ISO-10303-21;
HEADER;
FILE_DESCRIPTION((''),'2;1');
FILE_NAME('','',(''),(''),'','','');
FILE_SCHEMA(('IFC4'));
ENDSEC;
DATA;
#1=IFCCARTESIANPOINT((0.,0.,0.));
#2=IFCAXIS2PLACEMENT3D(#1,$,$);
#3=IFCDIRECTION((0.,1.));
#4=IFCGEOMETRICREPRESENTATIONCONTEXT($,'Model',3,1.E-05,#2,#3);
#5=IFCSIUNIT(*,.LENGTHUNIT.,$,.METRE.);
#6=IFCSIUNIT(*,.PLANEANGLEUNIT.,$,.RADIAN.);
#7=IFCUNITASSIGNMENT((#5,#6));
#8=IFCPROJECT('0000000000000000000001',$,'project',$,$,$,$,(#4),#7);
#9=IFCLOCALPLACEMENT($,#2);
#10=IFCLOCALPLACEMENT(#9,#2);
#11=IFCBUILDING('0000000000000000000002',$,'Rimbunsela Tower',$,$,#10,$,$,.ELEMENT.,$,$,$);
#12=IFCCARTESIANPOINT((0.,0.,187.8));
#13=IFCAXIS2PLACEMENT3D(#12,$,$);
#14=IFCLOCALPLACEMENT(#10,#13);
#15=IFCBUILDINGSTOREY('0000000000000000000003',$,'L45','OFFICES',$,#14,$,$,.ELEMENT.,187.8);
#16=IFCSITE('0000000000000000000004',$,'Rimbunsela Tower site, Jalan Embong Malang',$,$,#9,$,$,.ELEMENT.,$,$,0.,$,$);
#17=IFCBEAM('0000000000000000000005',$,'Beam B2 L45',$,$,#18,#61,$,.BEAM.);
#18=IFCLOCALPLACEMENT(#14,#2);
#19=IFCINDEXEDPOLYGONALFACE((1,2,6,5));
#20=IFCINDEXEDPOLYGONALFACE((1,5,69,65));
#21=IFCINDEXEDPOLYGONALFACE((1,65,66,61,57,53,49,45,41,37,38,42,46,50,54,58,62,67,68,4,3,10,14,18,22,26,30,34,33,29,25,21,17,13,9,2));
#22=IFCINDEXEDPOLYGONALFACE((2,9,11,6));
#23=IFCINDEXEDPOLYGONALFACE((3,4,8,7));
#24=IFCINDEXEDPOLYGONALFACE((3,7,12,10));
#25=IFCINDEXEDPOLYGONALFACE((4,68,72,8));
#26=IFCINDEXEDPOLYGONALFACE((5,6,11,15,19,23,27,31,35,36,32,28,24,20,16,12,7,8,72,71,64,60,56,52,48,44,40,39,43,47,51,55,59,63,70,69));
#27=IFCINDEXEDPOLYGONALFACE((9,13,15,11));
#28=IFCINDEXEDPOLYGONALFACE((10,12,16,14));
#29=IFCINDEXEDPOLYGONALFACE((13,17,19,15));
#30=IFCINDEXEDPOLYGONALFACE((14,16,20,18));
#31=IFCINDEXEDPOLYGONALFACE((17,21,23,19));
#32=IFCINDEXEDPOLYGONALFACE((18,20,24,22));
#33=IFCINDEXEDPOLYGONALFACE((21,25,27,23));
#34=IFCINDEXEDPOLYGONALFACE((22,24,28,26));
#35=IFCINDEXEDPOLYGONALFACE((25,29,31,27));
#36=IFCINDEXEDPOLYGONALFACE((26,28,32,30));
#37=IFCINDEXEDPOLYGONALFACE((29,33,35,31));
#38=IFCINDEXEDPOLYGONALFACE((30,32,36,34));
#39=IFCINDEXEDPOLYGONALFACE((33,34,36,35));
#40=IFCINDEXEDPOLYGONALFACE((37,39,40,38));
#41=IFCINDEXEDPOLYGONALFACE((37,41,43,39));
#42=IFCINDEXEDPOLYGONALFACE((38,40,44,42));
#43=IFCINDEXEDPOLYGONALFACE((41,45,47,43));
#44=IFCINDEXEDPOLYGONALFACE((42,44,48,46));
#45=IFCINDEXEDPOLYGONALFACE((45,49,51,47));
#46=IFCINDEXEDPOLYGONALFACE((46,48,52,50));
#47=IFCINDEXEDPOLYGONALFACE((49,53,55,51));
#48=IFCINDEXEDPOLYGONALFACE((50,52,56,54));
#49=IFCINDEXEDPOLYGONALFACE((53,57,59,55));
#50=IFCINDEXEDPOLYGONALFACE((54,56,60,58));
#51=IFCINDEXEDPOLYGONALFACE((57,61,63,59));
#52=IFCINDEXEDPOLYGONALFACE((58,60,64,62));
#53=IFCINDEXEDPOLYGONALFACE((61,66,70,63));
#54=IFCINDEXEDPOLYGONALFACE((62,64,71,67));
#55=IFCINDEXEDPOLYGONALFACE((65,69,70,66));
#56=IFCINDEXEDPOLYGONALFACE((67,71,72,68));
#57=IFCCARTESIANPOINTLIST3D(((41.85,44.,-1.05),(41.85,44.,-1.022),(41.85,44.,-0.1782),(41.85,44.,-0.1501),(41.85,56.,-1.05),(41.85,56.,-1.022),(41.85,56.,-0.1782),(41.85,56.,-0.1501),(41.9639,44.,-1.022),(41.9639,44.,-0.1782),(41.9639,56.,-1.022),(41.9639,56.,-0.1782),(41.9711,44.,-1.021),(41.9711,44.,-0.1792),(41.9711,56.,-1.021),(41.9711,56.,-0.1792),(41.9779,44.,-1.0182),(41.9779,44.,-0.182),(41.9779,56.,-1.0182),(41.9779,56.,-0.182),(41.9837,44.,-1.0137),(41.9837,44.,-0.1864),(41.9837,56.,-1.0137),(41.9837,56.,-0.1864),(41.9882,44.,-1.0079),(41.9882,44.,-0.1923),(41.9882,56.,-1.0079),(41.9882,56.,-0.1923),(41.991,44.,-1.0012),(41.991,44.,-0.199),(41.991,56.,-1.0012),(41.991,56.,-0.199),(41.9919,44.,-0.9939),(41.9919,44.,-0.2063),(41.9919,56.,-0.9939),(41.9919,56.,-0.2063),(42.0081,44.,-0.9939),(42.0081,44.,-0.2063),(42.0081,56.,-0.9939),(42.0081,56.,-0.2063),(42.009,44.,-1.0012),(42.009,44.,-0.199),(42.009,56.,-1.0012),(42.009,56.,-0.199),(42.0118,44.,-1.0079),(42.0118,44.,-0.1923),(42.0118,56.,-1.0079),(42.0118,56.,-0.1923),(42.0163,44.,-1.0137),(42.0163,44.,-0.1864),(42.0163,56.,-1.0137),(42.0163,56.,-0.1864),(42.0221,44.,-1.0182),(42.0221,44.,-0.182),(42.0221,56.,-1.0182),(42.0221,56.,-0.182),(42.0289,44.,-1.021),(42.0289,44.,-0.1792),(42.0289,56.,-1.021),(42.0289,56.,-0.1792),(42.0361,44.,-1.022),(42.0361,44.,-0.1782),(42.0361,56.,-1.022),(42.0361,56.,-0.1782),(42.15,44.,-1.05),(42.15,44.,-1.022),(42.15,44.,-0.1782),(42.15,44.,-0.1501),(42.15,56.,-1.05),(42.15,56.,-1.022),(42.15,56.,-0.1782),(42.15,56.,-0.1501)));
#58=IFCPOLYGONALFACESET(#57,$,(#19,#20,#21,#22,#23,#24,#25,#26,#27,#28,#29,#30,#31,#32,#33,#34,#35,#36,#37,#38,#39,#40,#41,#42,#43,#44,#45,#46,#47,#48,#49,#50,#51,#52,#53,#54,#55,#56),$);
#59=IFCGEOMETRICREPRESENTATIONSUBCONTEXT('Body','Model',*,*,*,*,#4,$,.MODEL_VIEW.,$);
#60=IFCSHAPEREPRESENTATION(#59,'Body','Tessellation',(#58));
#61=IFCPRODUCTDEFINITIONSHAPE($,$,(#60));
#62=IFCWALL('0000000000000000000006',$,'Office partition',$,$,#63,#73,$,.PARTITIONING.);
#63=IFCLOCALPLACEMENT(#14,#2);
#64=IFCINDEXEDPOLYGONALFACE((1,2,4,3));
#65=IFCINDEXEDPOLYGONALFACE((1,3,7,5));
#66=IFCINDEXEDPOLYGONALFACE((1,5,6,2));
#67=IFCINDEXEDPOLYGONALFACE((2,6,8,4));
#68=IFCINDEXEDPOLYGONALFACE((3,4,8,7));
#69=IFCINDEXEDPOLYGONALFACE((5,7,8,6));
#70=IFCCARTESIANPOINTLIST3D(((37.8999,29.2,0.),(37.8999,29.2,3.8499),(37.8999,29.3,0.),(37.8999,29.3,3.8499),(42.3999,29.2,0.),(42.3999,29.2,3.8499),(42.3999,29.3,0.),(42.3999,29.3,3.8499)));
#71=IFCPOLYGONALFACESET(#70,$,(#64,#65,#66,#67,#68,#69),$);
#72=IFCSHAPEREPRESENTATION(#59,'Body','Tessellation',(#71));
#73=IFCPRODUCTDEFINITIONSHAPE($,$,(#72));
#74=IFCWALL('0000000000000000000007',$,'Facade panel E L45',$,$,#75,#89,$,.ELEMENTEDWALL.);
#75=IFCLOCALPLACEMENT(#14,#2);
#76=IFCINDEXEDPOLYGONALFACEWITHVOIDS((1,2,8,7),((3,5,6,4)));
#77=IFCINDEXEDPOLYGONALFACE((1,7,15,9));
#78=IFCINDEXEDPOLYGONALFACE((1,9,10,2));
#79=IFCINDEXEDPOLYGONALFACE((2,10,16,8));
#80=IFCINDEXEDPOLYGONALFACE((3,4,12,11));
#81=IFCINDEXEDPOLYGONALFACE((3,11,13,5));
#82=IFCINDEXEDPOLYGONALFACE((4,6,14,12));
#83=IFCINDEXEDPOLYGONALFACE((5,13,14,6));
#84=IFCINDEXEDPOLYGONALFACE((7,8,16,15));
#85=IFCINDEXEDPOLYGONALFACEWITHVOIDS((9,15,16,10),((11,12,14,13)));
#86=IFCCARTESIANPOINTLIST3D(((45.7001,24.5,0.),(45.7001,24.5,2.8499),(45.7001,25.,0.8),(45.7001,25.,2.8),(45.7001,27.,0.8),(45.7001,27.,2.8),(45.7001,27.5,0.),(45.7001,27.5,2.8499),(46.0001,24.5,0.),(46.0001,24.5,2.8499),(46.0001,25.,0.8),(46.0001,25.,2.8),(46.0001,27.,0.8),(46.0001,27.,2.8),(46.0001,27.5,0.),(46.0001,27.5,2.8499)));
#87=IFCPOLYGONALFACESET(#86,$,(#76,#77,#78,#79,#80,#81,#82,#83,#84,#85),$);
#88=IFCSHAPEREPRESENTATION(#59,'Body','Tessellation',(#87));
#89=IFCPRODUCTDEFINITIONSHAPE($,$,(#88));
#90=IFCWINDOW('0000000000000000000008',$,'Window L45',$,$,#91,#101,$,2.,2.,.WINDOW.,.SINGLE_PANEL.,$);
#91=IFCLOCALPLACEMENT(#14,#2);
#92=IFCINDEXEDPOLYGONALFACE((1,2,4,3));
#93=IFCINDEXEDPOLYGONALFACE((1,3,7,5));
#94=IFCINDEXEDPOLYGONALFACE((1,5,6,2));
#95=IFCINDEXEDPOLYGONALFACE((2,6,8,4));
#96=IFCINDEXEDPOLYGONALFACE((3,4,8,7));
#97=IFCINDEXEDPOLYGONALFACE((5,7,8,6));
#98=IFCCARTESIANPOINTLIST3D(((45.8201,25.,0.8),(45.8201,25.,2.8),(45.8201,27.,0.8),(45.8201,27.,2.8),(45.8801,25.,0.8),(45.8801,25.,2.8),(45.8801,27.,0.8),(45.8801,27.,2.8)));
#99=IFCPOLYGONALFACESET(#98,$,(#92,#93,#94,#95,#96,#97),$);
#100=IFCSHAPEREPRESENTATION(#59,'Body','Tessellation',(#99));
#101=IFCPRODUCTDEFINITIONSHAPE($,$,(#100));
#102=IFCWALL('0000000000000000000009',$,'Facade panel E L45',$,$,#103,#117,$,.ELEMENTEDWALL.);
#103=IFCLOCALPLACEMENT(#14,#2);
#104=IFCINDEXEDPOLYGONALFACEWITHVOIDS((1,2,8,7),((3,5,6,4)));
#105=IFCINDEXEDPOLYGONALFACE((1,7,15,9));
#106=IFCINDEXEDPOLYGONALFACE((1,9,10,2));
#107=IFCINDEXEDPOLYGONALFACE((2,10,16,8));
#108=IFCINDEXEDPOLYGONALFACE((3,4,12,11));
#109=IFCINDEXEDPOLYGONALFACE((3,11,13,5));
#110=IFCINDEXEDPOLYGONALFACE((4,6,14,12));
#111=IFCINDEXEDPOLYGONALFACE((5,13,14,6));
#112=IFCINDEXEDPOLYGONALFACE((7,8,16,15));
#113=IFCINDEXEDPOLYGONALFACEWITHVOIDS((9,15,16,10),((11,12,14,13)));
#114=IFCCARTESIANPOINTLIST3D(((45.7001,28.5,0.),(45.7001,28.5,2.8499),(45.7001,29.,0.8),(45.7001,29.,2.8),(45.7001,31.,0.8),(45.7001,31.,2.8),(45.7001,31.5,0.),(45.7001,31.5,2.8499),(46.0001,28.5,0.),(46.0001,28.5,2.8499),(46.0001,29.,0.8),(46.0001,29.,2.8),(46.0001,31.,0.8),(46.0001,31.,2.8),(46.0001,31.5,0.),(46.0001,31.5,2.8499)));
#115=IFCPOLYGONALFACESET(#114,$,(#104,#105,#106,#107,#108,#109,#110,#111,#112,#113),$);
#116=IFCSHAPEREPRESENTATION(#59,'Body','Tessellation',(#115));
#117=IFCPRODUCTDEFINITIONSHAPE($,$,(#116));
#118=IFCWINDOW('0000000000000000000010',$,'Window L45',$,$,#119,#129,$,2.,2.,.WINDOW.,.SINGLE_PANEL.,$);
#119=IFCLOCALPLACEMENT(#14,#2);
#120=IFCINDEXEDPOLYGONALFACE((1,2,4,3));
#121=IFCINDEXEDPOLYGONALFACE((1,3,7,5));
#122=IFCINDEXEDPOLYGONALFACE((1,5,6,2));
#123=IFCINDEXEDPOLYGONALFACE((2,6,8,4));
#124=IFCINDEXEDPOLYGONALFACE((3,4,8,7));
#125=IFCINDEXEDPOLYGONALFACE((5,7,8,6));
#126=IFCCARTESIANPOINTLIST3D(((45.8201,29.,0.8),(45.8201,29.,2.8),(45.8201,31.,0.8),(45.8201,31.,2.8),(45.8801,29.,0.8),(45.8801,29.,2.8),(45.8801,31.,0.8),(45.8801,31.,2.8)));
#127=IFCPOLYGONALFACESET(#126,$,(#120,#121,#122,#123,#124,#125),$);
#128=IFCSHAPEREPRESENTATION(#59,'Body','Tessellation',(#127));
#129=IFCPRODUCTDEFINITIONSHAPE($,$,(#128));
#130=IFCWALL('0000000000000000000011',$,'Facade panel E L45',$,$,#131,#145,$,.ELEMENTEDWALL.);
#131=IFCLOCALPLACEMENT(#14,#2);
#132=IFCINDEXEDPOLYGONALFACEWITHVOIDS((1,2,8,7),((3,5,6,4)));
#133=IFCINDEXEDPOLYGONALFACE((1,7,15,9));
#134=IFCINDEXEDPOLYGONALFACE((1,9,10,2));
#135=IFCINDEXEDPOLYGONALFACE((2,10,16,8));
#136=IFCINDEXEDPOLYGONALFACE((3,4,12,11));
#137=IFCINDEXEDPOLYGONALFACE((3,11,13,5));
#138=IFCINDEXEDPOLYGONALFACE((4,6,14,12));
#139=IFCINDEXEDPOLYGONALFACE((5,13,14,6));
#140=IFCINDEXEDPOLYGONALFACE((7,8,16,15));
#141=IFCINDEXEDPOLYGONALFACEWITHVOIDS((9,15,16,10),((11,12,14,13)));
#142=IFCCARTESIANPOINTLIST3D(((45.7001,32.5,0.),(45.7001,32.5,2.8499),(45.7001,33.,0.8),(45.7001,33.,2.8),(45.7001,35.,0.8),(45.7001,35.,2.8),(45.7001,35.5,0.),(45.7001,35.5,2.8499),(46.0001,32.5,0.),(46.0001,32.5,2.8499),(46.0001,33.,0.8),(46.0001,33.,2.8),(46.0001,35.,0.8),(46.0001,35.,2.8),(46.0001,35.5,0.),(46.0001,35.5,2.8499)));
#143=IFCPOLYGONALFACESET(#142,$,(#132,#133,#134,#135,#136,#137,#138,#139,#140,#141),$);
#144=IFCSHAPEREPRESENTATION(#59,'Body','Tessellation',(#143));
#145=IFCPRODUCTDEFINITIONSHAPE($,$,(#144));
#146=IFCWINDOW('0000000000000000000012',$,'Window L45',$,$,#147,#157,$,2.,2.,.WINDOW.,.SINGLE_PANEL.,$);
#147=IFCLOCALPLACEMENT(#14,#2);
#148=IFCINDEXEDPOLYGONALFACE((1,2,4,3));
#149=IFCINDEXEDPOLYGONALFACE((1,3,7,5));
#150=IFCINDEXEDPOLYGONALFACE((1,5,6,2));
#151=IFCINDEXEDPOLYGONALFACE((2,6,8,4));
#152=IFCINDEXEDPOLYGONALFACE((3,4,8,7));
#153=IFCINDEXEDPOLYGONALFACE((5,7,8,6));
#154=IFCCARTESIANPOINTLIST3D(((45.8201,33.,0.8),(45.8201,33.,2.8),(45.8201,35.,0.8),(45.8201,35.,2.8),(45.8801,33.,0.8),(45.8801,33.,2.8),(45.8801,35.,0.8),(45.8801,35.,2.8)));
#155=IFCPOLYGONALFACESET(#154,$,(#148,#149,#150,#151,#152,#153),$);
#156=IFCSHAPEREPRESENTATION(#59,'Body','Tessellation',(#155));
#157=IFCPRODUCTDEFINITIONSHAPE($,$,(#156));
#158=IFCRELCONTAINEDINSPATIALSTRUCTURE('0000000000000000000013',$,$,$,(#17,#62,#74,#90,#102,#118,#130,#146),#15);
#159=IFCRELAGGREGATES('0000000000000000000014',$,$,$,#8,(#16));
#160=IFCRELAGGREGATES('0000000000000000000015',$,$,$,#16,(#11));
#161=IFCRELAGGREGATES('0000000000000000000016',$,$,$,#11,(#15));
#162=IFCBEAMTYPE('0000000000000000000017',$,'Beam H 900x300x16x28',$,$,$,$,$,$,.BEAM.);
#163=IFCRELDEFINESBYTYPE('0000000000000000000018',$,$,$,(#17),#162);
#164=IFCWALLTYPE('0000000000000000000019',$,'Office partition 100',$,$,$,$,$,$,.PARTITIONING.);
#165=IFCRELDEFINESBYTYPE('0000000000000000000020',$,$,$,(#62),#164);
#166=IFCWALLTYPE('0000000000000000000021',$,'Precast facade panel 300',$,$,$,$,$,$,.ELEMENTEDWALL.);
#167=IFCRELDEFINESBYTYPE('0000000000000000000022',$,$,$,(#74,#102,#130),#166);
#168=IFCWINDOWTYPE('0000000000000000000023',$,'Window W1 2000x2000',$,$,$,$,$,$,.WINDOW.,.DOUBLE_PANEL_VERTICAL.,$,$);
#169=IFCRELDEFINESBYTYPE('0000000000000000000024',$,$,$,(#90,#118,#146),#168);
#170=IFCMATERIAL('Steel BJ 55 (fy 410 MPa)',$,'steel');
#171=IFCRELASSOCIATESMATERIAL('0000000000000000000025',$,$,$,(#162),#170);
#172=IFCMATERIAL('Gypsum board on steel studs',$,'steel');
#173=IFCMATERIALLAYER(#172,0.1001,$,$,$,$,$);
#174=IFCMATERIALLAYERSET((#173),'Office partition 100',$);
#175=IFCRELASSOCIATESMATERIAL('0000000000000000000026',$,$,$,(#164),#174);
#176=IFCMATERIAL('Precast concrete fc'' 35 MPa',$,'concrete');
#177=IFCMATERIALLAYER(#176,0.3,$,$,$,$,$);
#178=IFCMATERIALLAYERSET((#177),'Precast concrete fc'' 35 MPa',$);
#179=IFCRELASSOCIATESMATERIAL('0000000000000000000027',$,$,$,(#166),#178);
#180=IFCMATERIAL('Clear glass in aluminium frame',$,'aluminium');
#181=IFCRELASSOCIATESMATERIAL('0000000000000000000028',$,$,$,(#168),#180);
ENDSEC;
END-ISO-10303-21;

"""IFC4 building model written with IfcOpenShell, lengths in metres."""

from ifc_helpers import new_model, si_unit, direction, frame, frame_2d, origin, origin_2d, place, context, subcontext, project, spatial, rectangle, i_section, extrude, material, layer, layer_set, material_profile, profile_set, type_object, element, fill, save


model = new_model("IFC4")

# Units and contexts
model_context = context("Model", 3, precision=1e-05, world=origin(), true_north=direction((0.0, 1.0)))
body_context = subcontext(model_context, "Body", "Model", "MODEL_VIEW")
ifc_project = project(units=[si_unit("LENGTHUNIT", "METRE"), si_unit("PLANEANGLEUNIT", "RADIAN")], contexts=[model_context])

# Site, building, storey
site_placement = place(None, origin())
site = spatial("IfcSite", under=ifc_project, at=site_placement, Name="Rimbunsela Tower site, Jalan Embong Malang", CompositionType="ELEMENT", RefElevation=0.0)
building_placement = place(site_placement, origin())
building = spatial("IfcBuilding", under=site, at=building_placement, Name="Rimbunsela Tower", CompositionType="ELEMENT")
storey_placement = place(building_placement, frame((0.0, 0.0, 187.8)))
storey = spatial("IfcBuildingStorey", under=building, at=storey_placement, Name="L45", Description="OFFICES", CompositionType="ELEMENT", Elevation=187.8)

# Beam
ifc_material_1 = material(Name="Steel BJ 55 (fy 410 MPa)", Category="steel")
ifc_material_profile_1 = material_profile(ifc_material_1, i_section(OverallWidth=0.3, OverallDepth=0.8999, WebThickness=0.0161, FlangeThickness=0.0281, FilletRadius=0.0281, at=origin_2d()), Name="H 900x300x16x28")
ifc_profile_set_1 = profile_set([ifc_material_profile_1], Name="Steel BJ 55 (fy 410 MPa)")
beam_type_1 = type_object("IfcBeamType", Name="Beam H 900x300x16x28", PredefinedType="BEAM", material=ifc_profile_set_1)
beam_placement = place(storey_placement, frame((42.0, 44.0, -0.6001), z_axis=(0.0, 1.0, 0.0), x_axis=(-1.0, 0.0, 0.0)))
element("IfcBeam", 1, at=beam_placement, inside=storey, type_object=beam_type_1, Name="Beam B2 L45", PredefinedType="BEAM", context=body_context, shape_type="SweptSolid", body=[
    extrude(i_section(OverallWidth=0.3, OverallDepth=0.8999, WebThickness=0.0161, FlangeThickness=0.0281, FilletRadius=0.0281, at=origin_2d()), origin(), (0.0, 0.0, 1.0), 12.0),
])

# Wall
ifc_material_2 = material(Name="Gypsum board on steel studs", Category="steel")
ifc_layer_1 = layer(ifc_material_2, 0.1001)
ifc_layer_set_1 = layer_set([ifc_layer_1], Name="Office partition 100")
wall_type_1 = type_object("IfcWallType", Name="Office partition 100", PredefinedType="PARTITIONING", material=ifc_layer_set_1)
wall_1_placement = place(storey_placement, frame((42.3999, 29.25, 0.0), z_axis=(0.0, 0.0, 1.0), x_axis=(-1.0, 0.0, 0.0)))
element("IfcWall", 2, at=wall_1_placement, inside=storey, type_object=wall_type_1, Name="Office partition", PredefinedType="PARTITIONING", context=body_context, shape_type="SweptSolid", body=[
    extrude(rectangle(XDim=4.5, YDim=0.1001, at=frame_2d((2.25, 0.0))), origin(), (0.0, 0.0, 1.0), 3.8499),
])

# Walls, openings, windows
ifc_material_3 = material(Name="Precast concrete fc' 35 MPa", Category="concrete")
ifc_layer_2 = layer(ifc_material_3, 0.3)
ifc_layer_set_2 = layer_set([ifc_layer_2], Name="Precast concrete fc' 35 MPa")
wall_type_2 = type_object("IfcWallType", Name="Precast facade panel 300", PredefinedType="ELEMENTEDWALL", material=ifc_layer_set_2)
wall_2_placement = place(storey_placement, frame((45.8501, 24.5, 0.0), z_axis=(0.0, 0.0, 1.0), x_axis=(0.0, 1.0, 0.0)))
wall_2 = element("IfcWall", 3, at=wall_2_placement, inside=storey, type_object=wall_type_2, Name="Facade panel E L45", PredefinedType="ELEMENTEDWALL", context=body_context, shape_type="SweptSolid", body=[
    extrude(rectangle(XDim=3.0, YDim=0.3, at=frame_2d((1.5, 0.0))), origin(), (0.0, 0.0, 1.0), 2.8499),
])
opening_1_placement = place(wall_2_placement, frame((0.5, 0.0, 0.8)))
opening_1 = element("IfcOpeningElement", 4, at=opening_1_placement, cuts=wall_2, PredefinedType="OPENING", context=body_context, shape_type="SweptSolid", body=[
    extrude(rectangle(XDim=2.0, YDim=2.0, at=frame_2d((1.0, 1.0))), frame((0.0, 0.1599, 0.0), z_axis=(0.0, -1.0, 0.0), x_axis=(1.0, 0.0, 0.0)), (0.0, 0.0, 1.0), 0.3201),
])
ifc_material_4 = material(Name="Clear glass in aluminium frame", Category="aluminium")
window_type = type_object("IfcWindowType", Name="Window W1 2000x2000", PartitioningType="DOUBLE_PANEL_VERTICAL", PredefinedType="WINDOW", material=ifc_material_4)
window_1_placement = place(opening_1_placement, origin())
window_1 = element("IfcWindow", 5, at=window_1_placement, inside=storey, type_object=window_type, Name="Window L45", OverallHeight=2.0, OverallWidth=2.0, PartitioningType="SINGLE_PANEL", PredefinedType="WINDOW", context=body_context, shape_type="SweptSolid", body=[
    extrude(rectangle(XDim=2.0, YDim=2.0, at=frame_2d((1.0, 1.0))), frame((0.0, 0.03, 0.0), z_axis=(0.0, -1.0, 0.0), x_axis=(1.0, 0.0, 0.0)), (0.0, 0.0, 1.0), 0.0601),
])
fill(opening_1, window_1)
wall_3_placement = place(storey_placement, frame((45.8501, 28.5, 0.0), z_axis=(0.0, 0.0, 1.0), x_axis=(0.0, 1.0, 0.0)))
wall_3 = element("IfcWall", 6, at=wall_3_placement, inside=storey, type_object=wall_type_2, Name="Facade panel E L45", PredefinedType="ELEMENTEDWALL", context=body_context, shape_type="SweptSolid", body=[
    extrude(rectangle(XDim=3.0, YDim=0.3, at=frame_2d((1.5, 0.0))), origin(), (0.0, 0.0, 1.0), 2.8499),
])
opening_2_placement = place(wall_3_placement, frame((0.5, 0.0, 0.8)))
opening_2 = element("IfcOpeningElement", 7, at=opening_2_placement, cuts=wall_3, PredefinedType="OPENING", context=body_context, shape_type="SweptSolid", body=[
    extrude(rectangle(XDim=2.0, YDim=2.0, at=frame_2d((1.0, 1.0))), frame((0.0, 0.1599, 0.0), z_axis=(0.0, -1.0, 0.0), x_axis=(1.0, 0.0, 0.0)), (0.0, 0.0, 1.0), 0.3201),
])
window_2_placement = place(opening_2_placement, origin())
window_2 = element("IfcWindow", 8, at=window_2_placement, inside=storey, type_object=window_type, Name="Window L45", OverallHeight=2.0, OverallWidth=2.0, PartitioningType="SINGLE_PANEL", PredefinedType="WINDOW", context=body_context, shape_type="SweptSolid", body=[
    extrude(rectangle(XDim=2.0, YDim=2.0, at=frame_2d((1.0, 1.0))), frame((0.0, 0.03, 0.0), z_axis=(0.0, -1.0, 0.0), x_axis=(1.0, 0.0, 0.0)), (0.0, 0.0, 1.0), 0.0601),
])
fill(opening_2, window_2)
wall_4_placement = place(storey_placement, frame((45.8501, 32.5, 0.0), z_axis=(0.0, 0.0, 1.0), x_axis=(0.0, 1.0, 0.0)))
wall_4 = element("IfcWall", 9, at=wall_4_placement, inside=storey, type_object=wall_type_2, Name="Facade panel E L45", PredefinedType="ELEMENTEDWALL", context=body_context, shape_type="SweptSolid", body=[
    extrude(rectangle(XDim=3.0, YDim=0.3, at=frame_2d((1.5, 0.0))), origin(), (0.0, 0.0, 1.0), 2.8499),
])
opening_3_placement = place(wall_4_placement, frame((0.5, 0.0, 0.8)))
opening_3 = element("IfcOpeningElement", 10, at=opening_3_placement, cuts=wall_4, PredefinedType="OPENING", context=body_context, shape_type="SweptSolid", body=[
    extrude(rectangle(XDim=2.0, YDim=2.0, at=frame_2d((1.0, 1.0))), frame((0.0, 0.1599, 0.0), z_axis=(0.0, -1.0, 0.0), x_axis=(1.0, 0.0, 0.0)), (0.0, 0.0, 1.0), 0.3201),
])
window_3_placement = place(opening_3_placement, origin())
window_3 = element("IfcWindow", 11, at=window_3_placement, inside=storey, type_object=window_type, Name="Window L45", OverallHeight=2.0, OverallWidth=2.0, PartitioningType="SINGLE_PANEL", PredefinedType="WINDOW", context=body_context, shape_type="SweptSolid", body=[
    extrude(rectangle(XDim=2.0, YDim=2.0, at=frame_2d((1.0, 1.0))), frame((0.0, 0.03, 0.0), z_axis=(0.0, -1.0, 0.0), x_axis=(1.0, 0.0, 0.0)), (0.0, 0.0, 1.0), 0.0601),
])
fill(opening_3, window_3)

save(model, "model.ifc")
